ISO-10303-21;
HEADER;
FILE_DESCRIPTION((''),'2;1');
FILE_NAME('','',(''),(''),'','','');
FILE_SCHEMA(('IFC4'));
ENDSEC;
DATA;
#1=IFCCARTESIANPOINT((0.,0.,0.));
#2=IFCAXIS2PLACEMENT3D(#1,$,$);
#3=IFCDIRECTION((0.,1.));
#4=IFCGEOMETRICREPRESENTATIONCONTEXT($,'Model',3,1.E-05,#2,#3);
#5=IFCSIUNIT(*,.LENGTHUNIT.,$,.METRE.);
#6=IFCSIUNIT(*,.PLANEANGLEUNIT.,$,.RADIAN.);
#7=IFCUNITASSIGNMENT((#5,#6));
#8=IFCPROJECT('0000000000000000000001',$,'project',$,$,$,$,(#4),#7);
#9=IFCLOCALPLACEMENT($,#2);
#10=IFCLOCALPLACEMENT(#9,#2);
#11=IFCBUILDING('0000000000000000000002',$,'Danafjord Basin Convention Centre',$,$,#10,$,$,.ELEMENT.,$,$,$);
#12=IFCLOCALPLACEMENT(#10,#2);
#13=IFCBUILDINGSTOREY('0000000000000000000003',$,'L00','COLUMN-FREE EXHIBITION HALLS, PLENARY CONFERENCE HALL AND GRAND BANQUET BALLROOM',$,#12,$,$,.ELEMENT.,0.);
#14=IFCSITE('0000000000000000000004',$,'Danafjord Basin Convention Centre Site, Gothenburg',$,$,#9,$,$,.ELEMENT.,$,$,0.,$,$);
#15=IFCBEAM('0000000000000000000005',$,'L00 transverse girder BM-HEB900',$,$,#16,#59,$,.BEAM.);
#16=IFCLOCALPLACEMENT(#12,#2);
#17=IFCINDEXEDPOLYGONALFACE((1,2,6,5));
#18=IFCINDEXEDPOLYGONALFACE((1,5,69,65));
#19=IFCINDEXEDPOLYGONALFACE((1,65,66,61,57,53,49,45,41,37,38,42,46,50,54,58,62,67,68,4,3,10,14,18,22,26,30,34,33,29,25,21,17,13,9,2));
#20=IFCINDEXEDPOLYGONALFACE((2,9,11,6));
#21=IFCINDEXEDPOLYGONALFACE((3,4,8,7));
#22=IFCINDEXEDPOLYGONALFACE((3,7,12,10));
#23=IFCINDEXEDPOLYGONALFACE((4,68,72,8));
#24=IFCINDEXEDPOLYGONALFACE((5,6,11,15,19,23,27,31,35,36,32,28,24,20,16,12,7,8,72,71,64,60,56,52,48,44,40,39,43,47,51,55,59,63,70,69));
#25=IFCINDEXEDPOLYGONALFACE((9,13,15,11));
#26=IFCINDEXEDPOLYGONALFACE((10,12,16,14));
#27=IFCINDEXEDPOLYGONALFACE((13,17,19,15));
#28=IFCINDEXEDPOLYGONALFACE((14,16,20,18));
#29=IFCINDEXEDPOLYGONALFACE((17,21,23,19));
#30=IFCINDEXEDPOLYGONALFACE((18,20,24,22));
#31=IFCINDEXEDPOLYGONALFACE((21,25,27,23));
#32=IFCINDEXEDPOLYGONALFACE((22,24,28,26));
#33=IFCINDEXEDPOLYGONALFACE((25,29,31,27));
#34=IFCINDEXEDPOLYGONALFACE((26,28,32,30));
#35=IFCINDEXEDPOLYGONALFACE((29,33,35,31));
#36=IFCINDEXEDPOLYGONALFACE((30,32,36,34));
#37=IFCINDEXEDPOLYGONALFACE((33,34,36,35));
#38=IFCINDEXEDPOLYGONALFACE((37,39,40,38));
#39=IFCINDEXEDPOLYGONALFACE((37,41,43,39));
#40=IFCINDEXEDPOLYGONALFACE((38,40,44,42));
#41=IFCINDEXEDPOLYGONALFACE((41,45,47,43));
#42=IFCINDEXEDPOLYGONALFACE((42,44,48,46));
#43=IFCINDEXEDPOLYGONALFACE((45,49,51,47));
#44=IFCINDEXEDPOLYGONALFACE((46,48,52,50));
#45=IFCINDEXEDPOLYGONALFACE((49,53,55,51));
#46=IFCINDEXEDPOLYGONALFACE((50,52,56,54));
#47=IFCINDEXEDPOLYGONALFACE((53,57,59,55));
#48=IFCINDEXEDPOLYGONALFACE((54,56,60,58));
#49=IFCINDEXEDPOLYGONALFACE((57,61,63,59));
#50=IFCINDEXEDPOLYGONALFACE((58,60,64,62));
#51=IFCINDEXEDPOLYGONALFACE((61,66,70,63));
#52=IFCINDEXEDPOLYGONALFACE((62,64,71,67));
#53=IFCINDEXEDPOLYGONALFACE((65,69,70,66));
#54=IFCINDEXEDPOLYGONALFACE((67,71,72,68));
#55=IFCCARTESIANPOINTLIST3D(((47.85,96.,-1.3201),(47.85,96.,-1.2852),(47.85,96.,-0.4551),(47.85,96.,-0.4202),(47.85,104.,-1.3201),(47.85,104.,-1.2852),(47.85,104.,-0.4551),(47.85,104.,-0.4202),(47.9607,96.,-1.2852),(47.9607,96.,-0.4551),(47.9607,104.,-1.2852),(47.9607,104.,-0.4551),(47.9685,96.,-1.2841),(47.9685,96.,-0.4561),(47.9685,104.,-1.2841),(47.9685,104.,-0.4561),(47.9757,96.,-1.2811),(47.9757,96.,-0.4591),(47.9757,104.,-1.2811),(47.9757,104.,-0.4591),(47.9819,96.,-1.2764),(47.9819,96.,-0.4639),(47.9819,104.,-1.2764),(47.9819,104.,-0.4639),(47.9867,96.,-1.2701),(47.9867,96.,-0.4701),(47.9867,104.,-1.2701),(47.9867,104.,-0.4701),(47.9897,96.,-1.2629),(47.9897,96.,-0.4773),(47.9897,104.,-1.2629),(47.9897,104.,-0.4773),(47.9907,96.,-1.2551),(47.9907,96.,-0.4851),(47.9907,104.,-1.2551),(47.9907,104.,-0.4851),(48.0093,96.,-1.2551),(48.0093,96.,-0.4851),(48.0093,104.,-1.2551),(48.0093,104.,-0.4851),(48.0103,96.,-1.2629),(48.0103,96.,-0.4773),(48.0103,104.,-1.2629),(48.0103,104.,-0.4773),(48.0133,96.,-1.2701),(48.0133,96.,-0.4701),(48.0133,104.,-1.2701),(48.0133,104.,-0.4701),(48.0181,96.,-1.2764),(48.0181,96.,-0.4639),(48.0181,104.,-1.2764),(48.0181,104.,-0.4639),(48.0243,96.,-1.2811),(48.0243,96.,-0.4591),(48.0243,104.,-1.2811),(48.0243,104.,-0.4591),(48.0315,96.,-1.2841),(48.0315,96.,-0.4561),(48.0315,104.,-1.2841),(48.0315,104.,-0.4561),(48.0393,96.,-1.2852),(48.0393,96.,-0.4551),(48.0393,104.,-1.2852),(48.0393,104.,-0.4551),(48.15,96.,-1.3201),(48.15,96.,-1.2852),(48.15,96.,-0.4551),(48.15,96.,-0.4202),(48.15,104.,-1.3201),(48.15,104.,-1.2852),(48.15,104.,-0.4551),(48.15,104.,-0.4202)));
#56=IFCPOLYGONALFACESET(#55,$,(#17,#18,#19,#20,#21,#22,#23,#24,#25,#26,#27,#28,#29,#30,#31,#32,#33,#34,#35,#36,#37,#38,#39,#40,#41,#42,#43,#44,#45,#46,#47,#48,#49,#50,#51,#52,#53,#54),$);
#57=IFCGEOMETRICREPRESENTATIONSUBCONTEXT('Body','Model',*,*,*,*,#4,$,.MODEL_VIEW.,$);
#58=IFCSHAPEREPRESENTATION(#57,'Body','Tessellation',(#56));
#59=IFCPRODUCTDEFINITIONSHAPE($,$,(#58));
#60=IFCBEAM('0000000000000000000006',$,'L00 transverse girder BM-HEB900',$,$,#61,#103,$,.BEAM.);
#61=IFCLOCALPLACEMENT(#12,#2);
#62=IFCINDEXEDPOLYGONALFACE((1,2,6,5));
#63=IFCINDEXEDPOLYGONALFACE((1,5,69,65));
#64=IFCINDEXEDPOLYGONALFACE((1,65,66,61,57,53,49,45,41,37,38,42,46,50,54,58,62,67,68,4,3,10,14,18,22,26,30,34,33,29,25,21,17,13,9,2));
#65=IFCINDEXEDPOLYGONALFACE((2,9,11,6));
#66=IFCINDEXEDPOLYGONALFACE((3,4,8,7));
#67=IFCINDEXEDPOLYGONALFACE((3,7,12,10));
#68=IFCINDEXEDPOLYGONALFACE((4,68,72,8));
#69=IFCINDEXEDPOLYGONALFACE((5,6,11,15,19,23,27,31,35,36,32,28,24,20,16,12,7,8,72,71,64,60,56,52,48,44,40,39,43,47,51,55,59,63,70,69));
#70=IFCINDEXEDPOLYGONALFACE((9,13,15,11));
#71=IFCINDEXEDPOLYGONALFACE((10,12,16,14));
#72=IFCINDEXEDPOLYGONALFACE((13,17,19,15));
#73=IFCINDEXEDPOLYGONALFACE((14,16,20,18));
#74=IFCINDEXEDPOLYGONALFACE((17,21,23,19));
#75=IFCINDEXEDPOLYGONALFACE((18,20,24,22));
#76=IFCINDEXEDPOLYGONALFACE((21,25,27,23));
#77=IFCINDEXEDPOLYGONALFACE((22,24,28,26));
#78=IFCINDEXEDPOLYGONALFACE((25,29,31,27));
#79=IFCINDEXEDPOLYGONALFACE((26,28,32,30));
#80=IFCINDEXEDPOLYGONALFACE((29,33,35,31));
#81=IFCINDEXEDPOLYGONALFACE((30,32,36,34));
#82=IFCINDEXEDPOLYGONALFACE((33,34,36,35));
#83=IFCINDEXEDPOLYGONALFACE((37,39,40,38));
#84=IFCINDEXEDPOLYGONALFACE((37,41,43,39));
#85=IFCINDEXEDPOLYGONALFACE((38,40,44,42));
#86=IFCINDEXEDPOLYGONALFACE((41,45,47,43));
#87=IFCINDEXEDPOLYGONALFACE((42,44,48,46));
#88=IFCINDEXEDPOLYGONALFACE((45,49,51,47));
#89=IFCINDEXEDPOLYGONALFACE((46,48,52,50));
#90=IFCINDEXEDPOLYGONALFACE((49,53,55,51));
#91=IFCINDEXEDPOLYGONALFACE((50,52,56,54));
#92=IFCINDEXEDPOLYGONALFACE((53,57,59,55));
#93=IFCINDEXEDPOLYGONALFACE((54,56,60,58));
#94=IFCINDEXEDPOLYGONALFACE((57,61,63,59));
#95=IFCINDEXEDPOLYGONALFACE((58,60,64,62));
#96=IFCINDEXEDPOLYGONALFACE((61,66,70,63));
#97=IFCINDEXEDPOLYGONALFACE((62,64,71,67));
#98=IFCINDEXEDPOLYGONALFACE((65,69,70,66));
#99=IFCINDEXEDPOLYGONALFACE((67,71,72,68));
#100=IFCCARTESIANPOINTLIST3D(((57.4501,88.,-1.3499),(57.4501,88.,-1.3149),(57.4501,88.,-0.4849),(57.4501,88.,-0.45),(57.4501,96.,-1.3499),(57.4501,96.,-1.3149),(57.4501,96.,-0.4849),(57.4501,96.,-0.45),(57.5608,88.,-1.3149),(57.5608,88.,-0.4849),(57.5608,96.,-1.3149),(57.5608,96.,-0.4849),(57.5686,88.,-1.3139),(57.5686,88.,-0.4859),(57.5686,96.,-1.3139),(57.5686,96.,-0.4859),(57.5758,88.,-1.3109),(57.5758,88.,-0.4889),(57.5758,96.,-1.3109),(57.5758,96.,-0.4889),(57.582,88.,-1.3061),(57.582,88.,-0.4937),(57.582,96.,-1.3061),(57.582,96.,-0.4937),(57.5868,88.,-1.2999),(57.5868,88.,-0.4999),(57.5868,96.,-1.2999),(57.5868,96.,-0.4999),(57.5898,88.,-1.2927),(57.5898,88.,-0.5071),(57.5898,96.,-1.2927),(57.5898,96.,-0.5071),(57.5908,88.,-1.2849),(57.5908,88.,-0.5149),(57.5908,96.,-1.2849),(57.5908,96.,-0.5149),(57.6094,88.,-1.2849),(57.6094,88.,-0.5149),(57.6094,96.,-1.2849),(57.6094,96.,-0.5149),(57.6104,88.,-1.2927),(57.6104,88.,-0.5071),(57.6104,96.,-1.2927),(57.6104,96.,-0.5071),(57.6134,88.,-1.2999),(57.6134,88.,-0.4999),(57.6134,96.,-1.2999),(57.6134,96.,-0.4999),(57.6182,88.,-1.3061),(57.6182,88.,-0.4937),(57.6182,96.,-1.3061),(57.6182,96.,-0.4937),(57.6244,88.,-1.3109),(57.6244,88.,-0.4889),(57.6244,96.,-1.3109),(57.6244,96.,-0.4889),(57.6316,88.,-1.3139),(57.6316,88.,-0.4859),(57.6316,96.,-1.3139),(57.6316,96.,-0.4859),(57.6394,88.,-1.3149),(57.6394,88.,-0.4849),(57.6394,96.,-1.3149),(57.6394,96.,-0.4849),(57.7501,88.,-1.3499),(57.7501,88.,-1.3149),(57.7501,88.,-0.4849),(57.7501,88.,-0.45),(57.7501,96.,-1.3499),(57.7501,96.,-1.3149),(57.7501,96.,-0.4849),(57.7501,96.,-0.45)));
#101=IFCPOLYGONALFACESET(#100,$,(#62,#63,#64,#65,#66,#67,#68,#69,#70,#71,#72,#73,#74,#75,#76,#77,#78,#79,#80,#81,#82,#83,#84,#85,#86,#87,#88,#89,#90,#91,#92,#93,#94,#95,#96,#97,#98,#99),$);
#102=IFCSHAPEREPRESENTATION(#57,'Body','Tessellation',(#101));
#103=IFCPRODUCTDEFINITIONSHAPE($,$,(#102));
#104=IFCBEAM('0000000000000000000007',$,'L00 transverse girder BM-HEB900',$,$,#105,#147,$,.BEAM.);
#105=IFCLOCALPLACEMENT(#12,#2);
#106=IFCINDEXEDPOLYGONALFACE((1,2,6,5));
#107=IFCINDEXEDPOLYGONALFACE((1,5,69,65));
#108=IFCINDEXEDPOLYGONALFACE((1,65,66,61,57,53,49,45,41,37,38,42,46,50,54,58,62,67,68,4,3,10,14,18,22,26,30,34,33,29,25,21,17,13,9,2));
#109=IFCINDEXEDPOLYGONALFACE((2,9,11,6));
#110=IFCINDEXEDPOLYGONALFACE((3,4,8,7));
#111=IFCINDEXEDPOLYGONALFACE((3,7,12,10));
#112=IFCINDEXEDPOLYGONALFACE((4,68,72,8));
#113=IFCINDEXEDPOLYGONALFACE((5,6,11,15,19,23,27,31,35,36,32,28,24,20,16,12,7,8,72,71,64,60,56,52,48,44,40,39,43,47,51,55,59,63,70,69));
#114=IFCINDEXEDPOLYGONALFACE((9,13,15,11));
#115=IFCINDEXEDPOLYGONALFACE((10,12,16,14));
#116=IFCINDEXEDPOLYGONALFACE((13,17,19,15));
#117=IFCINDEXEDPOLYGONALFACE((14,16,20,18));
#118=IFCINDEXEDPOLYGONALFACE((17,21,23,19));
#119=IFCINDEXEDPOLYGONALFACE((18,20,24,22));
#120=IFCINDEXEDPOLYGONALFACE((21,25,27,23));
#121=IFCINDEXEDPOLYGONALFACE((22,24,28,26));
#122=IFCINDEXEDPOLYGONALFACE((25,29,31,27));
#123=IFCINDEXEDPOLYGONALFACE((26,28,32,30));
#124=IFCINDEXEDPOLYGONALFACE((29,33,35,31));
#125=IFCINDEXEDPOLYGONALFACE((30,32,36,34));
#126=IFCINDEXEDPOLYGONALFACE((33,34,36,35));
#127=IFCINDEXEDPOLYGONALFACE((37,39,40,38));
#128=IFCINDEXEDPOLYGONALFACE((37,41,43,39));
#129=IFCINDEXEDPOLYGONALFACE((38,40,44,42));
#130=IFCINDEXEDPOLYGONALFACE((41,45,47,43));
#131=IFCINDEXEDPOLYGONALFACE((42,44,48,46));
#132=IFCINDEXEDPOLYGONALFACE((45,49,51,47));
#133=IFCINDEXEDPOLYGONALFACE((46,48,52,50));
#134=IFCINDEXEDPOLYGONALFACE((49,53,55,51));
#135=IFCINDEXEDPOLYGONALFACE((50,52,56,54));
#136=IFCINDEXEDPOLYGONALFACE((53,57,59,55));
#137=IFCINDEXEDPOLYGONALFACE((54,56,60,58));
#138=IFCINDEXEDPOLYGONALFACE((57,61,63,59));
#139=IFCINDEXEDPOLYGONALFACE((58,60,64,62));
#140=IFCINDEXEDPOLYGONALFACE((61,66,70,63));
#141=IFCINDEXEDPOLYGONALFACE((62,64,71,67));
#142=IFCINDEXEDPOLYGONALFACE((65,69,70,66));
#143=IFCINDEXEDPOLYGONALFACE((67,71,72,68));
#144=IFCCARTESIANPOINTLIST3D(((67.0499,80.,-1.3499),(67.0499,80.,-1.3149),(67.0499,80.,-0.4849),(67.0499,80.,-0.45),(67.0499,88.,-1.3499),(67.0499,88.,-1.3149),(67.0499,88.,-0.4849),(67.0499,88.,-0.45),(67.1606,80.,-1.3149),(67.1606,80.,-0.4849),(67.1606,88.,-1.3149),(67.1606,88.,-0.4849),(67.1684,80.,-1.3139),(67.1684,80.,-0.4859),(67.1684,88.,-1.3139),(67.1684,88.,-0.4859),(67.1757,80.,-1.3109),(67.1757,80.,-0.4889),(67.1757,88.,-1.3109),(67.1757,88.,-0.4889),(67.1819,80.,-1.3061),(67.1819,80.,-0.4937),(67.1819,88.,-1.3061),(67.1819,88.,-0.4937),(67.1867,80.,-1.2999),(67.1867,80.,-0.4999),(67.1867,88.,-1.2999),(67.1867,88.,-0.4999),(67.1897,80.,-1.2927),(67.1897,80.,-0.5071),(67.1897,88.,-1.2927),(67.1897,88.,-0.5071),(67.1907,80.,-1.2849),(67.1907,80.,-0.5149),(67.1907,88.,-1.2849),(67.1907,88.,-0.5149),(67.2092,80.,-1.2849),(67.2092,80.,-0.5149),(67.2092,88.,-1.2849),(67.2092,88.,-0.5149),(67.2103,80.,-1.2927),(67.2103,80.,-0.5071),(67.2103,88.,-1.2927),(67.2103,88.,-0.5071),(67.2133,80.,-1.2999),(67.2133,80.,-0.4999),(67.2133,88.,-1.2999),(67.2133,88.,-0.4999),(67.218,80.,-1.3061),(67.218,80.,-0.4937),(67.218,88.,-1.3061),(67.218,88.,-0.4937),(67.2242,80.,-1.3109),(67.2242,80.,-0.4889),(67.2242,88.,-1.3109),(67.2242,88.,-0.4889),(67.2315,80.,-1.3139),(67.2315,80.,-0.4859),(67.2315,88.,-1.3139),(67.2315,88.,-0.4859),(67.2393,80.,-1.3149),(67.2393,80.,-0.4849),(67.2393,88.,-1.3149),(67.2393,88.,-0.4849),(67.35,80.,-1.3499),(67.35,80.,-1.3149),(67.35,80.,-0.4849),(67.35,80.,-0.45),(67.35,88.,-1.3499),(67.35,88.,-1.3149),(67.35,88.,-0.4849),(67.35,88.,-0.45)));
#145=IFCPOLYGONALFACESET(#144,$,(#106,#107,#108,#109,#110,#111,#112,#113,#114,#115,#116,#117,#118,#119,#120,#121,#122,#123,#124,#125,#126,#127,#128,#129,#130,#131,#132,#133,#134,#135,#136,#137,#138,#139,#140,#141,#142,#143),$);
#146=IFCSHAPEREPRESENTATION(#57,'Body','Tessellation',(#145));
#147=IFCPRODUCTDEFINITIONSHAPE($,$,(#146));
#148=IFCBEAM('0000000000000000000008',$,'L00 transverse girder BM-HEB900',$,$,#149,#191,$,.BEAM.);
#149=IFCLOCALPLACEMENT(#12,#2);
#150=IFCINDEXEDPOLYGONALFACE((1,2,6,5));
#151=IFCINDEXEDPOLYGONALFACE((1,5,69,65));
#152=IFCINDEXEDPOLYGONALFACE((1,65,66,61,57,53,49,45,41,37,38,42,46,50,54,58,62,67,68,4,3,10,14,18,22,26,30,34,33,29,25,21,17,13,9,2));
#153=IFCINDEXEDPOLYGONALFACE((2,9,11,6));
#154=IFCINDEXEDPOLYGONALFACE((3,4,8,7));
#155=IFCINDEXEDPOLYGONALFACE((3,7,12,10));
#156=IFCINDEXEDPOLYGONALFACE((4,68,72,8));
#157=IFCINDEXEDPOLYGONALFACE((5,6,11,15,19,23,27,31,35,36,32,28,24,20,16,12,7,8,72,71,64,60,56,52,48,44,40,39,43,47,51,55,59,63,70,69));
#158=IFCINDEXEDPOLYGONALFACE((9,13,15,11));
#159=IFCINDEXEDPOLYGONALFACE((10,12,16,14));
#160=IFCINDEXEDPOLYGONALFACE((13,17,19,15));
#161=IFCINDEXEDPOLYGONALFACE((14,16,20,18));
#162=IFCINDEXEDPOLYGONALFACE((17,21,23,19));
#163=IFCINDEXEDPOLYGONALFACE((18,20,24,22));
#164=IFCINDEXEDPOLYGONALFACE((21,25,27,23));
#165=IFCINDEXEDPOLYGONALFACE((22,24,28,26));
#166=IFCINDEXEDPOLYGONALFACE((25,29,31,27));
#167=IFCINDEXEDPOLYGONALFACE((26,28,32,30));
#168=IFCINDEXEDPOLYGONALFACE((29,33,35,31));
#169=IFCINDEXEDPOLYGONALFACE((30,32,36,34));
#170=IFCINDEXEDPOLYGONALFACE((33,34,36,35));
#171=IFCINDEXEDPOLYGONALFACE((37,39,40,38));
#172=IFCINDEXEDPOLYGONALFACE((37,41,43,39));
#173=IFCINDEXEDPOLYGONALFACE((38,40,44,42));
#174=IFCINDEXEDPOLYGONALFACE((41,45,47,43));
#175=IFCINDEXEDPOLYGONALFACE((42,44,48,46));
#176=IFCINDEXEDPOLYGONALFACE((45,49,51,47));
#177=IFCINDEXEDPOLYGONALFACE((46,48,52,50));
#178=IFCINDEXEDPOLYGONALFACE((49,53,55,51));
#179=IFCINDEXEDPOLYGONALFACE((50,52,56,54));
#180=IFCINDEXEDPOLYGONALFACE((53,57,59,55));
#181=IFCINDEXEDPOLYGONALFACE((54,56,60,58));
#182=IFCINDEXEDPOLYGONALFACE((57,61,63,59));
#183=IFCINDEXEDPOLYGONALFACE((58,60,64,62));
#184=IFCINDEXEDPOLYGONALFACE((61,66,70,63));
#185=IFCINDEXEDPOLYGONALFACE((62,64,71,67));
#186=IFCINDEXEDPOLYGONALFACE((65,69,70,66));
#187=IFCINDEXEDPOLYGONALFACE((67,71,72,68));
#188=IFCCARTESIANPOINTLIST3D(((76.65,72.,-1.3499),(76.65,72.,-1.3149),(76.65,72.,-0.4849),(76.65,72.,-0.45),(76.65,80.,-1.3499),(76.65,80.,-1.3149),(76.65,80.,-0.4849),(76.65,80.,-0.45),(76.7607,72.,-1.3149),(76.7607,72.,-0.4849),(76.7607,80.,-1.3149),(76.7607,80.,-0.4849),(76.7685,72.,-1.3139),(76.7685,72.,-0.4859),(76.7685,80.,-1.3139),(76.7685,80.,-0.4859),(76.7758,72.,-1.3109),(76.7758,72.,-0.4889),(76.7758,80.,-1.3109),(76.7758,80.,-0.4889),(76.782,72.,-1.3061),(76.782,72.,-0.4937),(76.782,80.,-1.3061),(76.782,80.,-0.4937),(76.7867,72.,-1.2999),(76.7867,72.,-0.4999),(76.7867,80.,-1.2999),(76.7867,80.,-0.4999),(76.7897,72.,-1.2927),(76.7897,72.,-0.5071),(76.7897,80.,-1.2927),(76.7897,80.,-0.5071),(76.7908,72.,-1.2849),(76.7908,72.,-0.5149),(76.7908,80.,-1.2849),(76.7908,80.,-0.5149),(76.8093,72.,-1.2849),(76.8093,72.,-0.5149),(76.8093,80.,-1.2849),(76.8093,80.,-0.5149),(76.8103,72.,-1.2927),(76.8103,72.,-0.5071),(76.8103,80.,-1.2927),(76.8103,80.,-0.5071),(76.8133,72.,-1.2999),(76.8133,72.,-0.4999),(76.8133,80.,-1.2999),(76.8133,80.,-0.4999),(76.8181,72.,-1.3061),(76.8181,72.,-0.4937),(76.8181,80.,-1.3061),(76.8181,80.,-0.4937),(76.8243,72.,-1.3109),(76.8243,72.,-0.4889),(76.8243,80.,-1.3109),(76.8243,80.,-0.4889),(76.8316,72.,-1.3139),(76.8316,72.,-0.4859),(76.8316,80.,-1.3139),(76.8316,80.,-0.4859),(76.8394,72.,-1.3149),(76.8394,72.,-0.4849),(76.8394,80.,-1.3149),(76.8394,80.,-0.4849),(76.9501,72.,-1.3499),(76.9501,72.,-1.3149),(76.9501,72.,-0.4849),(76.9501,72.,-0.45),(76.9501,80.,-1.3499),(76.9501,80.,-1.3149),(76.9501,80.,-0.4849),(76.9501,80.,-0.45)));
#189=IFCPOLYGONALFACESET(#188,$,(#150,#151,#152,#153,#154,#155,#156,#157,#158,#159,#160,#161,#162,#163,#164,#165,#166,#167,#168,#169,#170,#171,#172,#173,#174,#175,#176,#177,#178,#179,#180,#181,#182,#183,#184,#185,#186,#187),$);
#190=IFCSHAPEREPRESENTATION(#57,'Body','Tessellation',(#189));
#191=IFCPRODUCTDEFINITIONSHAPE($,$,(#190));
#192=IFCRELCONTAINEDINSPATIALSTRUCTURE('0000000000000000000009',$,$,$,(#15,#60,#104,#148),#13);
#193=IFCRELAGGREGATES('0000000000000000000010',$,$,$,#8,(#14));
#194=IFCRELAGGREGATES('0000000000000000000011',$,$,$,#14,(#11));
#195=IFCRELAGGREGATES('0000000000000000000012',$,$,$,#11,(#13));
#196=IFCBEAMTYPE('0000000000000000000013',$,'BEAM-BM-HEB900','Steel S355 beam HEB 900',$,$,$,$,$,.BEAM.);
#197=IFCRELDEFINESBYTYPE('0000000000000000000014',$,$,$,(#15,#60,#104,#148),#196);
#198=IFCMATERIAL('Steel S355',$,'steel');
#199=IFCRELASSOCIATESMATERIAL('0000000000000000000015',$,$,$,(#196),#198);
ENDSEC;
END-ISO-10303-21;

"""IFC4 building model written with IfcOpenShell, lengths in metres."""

from ifc_helpers import new_model, si_unit, direction, frame, origin, origin_2d, place, context, subcontext, project, spatial, i_section, extrude, material, material_profile, profile_set, type_object, element, save


model = new_model("IFC4")

# Units and contexts
model_context = context("Model", 3, precision=1e-05, world=origin(), true_north=direction((0.0, 1.0)))
body_context = subcontext(model_context, "Body", "Model", "MODEL_VIEW")
ifc_project = project(units=[si_unit("LENGTHUNIT", "METRE"), si_unit("PLANEANGLEUNIT", "RADIAN")], contexts=[model_context])

# Site, building, storey
site_placement = place(None, origin())
site = spatial("IfcSite", under=ifc_project, at=site_placement, Name="Danafjord Basin Convention Centre Site, Gothenburg", CompositionType="ELEMENT", RefElevation=0.0)
building_placement = place(site_placement, origin())
building = spatial("IfcBuilding", under=site, at=building_placement, Name="Danafjord Basin Convention Centre", CompositionType="ELEMENT")
storey_placement = place(building_placement, origin())
storey = spatial("IfcBuildingStorey", under=building, at=storey_placement, Name="L00", Description="COLUMN-FREE EXHIBITION HALLS, PLENARY CONFERENCE HALL AND GRAND BANQUET BALLROOM", CompositionType="ELEMENT", Elevation=0.0)

# Beams
ifc_material_1 = material(Name="Steel S355", Category="steel")
ifc_material_profile_1 = material_profile(ifc_material_1, i_section(OverallWidth=0.3, OverallDepth=0.8999, WebThickness=0.0186, FlangeThickness=0.0349, FilletRadius=0.03, at=origin_2d()), Name="HEB 900")
ifc_profile_set_1 = profile_set([ifc_material_profile_1], Name="Steel S355")
beam_type_1 = type_object("IfcBeamType", Name="BEAM-BM-HEB900", Description="Steel S355 beam HEB 900", PredefinedType="BEAM", material=ifc_profile_set_1)
for number, where, z_axis, x_axis, name in (
    (1, (48.0, 96.0, -0.8701), (0.0, 1.0, 0.0), (-1.0, 0.0, 0.0), "L00 transverse girder BM-HEB900"),
    (2, (57.6001, 88.0, -0.8999), (0.0, 1.0, 0.0), (-1.0, 0.0, 0.0), "L00 transverse girder BM-HEB900"),
    (3, (67.2, 80.0, -0.8999), (0.0, 1.0, 0.0), (-1.0, 0.0, 0.0), "L00 transverse girder BM-HEB900"),
    (4, (76.8, 72.0, -0.8999), (0.0, 1.0, 0.0), (-1.0, 0.0, 0.0), "L00 transverse girder BM-HEB900"),
):
    element("IfcBeam", number, at=place(storey_placement, frame(where, z_axis=z_axis, x_axis=x_axis)), inside=storey, type_object=beam_type_1, Name=name, PredefinedType="BEAM", context=body_context, shape_type="SweptSolid", body=[
        extrude(i_section(OverallWidth=0.3, OverallDepth=0.8999, WebThickness=0.0186, FlangeThickness=0.0349, FilletRadius=0.03, at=origin_2d()), origin(), (0.0, 0.0, 1.0), 8.0),
    ])

save(model, "model.ifc")
